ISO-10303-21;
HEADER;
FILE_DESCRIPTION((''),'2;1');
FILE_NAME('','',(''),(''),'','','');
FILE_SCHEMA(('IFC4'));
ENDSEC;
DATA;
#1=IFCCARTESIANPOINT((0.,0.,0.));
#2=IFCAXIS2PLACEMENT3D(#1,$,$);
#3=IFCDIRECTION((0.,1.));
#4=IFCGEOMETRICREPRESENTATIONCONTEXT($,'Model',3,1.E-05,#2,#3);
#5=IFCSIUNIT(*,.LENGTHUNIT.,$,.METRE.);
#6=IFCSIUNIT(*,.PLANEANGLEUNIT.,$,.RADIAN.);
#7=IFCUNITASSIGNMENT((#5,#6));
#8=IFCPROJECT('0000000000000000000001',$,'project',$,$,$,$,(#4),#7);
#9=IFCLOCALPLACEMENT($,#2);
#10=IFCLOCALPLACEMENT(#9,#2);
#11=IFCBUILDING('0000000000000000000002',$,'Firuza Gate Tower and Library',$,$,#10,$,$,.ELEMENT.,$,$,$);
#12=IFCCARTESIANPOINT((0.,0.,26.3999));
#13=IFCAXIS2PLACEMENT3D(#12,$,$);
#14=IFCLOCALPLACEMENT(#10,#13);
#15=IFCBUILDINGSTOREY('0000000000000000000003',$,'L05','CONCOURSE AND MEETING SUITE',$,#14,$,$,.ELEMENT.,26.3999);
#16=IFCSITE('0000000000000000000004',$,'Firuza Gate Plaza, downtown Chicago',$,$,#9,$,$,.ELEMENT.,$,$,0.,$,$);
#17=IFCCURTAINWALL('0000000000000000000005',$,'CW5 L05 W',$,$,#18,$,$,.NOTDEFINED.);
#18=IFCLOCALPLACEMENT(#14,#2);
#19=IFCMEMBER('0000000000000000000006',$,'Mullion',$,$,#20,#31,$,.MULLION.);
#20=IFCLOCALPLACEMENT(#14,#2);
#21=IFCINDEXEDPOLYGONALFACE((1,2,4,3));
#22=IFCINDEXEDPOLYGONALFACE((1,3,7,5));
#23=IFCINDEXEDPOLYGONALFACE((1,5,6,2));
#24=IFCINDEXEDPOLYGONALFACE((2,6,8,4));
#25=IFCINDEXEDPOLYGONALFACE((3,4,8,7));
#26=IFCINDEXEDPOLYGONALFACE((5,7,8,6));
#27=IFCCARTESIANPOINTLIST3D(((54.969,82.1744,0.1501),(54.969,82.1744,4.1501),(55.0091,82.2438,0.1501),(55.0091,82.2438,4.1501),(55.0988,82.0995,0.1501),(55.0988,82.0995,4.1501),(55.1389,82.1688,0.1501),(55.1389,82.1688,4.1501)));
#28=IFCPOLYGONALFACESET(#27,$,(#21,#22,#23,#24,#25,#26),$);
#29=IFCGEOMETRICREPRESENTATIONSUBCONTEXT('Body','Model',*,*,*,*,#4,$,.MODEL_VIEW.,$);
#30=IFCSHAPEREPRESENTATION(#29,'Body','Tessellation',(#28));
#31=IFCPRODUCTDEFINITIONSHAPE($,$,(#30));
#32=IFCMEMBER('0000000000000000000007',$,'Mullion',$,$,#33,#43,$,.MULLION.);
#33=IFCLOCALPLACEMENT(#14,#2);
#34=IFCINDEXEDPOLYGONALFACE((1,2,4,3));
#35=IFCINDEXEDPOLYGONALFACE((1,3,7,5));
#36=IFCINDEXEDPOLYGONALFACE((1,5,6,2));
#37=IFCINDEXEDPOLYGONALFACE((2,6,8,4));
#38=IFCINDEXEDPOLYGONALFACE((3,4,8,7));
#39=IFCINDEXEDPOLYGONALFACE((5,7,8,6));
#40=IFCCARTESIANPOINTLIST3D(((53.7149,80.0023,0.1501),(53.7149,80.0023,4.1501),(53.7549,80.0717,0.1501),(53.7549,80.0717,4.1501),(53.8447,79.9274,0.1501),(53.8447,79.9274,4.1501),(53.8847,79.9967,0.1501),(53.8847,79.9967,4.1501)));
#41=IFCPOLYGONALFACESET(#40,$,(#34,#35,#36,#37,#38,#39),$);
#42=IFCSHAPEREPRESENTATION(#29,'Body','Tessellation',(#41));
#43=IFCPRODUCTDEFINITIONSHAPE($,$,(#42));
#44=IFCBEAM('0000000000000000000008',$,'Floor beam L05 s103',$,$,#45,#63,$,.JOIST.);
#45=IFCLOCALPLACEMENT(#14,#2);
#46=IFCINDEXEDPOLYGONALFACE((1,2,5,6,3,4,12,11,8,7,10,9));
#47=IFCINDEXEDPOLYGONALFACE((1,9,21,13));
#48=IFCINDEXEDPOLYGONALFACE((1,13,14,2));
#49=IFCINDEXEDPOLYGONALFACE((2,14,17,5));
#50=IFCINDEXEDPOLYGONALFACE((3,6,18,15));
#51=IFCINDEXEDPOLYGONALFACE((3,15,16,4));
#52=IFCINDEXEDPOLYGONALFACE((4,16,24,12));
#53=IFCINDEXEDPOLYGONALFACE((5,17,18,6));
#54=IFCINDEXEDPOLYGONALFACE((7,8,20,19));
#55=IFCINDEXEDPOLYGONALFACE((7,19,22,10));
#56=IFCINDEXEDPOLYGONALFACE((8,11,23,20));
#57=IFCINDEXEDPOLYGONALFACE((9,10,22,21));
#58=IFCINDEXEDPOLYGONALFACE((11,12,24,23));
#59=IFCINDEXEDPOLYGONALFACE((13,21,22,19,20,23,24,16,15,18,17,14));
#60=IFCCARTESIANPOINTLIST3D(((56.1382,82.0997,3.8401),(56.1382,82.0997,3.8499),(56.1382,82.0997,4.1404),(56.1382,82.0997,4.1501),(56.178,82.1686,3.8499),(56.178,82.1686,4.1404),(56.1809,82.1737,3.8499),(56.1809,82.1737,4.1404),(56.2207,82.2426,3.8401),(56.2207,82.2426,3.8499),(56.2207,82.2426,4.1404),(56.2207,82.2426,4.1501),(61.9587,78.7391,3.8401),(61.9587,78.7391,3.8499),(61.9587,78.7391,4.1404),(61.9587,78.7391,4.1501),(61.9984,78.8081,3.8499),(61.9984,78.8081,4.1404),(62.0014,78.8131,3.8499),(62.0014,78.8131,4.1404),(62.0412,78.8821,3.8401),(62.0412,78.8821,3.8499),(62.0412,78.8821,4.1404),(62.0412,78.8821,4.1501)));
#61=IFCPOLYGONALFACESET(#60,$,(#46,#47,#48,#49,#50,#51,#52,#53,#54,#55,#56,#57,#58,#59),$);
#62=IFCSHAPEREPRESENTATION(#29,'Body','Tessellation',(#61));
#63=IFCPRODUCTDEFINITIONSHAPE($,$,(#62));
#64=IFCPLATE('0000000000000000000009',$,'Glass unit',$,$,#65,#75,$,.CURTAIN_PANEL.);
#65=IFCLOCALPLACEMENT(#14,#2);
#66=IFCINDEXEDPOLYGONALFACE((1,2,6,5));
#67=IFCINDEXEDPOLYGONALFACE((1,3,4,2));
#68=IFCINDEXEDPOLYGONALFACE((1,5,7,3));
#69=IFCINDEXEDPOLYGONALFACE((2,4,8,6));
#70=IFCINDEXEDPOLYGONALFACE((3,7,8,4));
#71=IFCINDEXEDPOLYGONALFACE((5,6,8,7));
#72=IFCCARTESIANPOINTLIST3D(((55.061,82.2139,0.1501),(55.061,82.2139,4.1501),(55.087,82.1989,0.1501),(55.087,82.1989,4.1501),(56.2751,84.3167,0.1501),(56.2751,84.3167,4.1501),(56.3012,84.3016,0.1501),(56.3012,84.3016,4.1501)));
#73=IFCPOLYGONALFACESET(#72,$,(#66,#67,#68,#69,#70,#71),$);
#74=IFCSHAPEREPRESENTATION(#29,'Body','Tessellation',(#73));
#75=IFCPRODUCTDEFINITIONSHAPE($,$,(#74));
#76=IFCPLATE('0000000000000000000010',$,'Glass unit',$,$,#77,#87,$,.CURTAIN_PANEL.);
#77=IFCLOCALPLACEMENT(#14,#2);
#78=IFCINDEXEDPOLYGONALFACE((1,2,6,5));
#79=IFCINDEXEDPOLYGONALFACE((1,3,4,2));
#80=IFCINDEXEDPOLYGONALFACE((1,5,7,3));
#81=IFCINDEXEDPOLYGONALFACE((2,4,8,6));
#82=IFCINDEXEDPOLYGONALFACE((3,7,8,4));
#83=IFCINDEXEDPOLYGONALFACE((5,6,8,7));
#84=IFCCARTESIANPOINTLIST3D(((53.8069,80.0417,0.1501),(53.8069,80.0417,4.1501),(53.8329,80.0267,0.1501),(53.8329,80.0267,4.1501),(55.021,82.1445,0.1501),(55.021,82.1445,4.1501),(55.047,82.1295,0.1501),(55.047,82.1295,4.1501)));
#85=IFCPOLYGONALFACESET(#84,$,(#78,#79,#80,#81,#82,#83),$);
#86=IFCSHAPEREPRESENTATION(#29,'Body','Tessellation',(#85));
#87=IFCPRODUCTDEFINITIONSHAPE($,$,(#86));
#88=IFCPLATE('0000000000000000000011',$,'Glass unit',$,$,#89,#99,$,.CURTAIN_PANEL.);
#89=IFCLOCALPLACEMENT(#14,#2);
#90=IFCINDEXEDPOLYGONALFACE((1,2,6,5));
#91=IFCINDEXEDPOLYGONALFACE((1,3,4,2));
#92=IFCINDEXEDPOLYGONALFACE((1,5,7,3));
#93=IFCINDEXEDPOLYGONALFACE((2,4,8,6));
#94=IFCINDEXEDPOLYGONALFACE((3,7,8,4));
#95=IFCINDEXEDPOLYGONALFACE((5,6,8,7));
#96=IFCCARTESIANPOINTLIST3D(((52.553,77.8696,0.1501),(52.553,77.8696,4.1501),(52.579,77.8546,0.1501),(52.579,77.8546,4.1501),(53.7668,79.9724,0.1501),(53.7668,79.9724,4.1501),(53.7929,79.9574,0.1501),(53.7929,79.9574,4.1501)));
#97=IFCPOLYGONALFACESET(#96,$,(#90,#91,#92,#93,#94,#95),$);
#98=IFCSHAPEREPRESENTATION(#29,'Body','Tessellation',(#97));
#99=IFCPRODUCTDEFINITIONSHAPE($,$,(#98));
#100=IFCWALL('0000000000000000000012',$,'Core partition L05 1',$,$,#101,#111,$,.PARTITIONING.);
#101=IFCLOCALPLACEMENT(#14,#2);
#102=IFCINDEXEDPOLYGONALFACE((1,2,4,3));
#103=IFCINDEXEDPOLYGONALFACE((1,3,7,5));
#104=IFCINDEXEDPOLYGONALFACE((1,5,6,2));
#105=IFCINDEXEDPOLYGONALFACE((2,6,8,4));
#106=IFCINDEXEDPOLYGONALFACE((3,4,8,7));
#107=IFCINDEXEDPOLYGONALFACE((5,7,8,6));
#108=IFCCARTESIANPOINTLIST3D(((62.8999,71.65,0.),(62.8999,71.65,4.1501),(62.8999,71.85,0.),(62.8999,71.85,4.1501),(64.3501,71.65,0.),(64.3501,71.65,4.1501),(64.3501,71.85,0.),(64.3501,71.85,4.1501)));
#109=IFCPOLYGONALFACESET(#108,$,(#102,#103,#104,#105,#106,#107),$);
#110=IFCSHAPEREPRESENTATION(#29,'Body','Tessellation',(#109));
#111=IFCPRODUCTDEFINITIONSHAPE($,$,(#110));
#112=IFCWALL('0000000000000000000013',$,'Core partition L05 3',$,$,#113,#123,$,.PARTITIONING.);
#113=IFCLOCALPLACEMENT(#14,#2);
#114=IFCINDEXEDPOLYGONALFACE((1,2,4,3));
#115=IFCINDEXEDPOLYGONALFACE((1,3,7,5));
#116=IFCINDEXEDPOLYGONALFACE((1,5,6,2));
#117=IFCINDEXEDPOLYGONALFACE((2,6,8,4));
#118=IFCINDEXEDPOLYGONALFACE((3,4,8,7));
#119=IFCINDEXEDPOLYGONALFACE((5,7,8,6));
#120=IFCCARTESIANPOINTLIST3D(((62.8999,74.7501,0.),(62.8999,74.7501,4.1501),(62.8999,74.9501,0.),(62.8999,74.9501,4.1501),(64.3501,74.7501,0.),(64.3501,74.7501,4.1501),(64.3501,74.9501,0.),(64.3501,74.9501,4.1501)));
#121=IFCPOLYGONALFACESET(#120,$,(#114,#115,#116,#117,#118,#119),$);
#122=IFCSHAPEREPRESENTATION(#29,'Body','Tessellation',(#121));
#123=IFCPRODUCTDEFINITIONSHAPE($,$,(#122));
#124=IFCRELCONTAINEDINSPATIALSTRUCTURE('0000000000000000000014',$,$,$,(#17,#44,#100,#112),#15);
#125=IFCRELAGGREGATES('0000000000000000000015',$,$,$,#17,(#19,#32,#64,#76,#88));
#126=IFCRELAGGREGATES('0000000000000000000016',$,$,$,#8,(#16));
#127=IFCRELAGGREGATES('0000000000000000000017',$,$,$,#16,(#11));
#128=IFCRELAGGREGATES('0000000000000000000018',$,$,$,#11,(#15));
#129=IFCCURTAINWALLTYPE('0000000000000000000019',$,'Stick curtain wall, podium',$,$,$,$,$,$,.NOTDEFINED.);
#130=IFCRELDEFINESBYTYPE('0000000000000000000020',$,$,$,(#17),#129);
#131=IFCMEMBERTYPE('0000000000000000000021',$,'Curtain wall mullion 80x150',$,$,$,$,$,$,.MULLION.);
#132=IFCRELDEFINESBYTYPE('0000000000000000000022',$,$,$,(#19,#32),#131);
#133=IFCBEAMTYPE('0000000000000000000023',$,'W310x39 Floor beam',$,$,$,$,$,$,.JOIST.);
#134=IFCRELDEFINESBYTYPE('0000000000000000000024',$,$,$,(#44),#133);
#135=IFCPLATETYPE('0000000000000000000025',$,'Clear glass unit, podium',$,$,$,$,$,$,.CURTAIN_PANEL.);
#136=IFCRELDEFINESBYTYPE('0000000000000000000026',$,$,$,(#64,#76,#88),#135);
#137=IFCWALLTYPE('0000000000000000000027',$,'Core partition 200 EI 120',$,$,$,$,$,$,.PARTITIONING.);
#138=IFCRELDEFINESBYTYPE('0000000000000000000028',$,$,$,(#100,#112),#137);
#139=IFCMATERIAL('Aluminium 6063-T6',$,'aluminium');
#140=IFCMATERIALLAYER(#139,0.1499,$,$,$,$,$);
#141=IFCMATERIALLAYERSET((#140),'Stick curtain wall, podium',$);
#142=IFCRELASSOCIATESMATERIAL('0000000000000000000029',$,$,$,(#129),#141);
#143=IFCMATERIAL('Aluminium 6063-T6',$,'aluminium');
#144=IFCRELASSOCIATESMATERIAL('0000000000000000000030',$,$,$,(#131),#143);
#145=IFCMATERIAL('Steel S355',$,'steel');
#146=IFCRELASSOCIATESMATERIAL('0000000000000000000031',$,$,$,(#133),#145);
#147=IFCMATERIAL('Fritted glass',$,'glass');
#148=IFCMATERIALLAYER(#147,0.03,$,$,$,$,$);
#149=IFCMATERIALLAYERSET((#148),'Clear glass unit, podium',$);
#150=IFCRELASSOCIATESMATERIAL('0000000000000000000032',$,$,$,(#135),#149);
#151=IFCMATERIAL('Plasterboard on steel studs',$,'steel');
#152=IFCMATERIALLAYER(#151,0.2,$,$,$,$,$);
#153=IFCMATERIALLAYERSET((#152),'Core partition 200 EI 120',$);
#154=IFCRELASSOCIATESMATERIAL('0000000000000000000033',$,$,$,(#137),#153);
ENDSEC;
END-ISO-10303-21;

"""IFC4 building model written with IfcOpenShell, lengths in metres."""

from ifc_helpers import new_model, si_unit, direction, frame, frame_2d, origin, origin_2d, place, context, subcontext, project, spatial, polyline, rectangle, i_section, outline, extrude, material, layer, layer_set, material_profile, profile_set, type_object, element, aggregate, save


model = new_model("IFC4")

# Units and contexts
model_context = context("Model", 3, precision=1e-05, world=origin(), true_north=direction((0.0, 1.0)))
body_context = subcontext(model_context, "Body", "Model", "MODEL_VIEW")
ifc_project = project(units=[si_unit("LENGTHUNIT", "METRE"), si_unit("PLANEANGLEUNIT", "RADIAN")], contexts=[model_context])

# Site, building, storey
site_placement = place(None, origin())
site = spatial("IfcSite", under=ifc_project, at=site_placement, Name="Firuza Gate Plaza, downtown Chicago", CompositionType="ELEMENT", RefElevation=0.0)
building_placement = place(site_placement, origin())
building = spatial("IfcBuilding", under=site, at=building_placement, Name="Firuza Gate Tower and Library", CompositionType="ELEMENT")
storey_placement = place(building_placement, frame((0.0, 0.0, 26.3999)))
storey = spatial("IfcBuildingStorey", under=building, at=storey_placement, Name="L05", Description="CONCOURSE AND MEETING SUITE", CompositionType="ELEMENT", Elevation=26.3999)

# Curtain wall, members
ifc_material_1 = material(Name="Aluminium 6063-T6", Category="aluminium")
ifc_layer_1 = layer(ifc_material_1, 0.1499)
ifc_layer_set_1 = layer_set([ifc_layer_1], Name="Stick curtain wall, podium")
curtain_wall_type = type_object("IfcCurtainWallType", Name="Stick curtain wall, podium", PredefinedType="NOTDEFINED", material=ifc_layer_set_1)
curtain_wall_placement = place(storey_placement, origin())
curtain_wall = element("IfcCurtainWall", 1, at=curtain_wall_placement, inside=storey, type_object=curtain_wall_type, Name="CW5 L05 W", PredefinedType="NOTDEFINED")
ifc_material_2 = material(Name="Aluminium 6063-T6", Category="aluminium")
ifc_material_profile_1 = material_profile(ifc_material_2, rectangle(XDim=0.1499, YDim=0.0801, at=origin_2d()))
ifc_profile_set_1 = profile_set([ifc_material_profile_1], Name="Aluminium 6063-T6")
member_type = type_object("IfcMemberType", Name="Curtain wall mullion 80x150", PredefinedType="MULLION", material=ifc_profile_set_1)
member_1_placement = place(storey_placement, frame((55.054, 82.1716, 0.1501), z_axis=(0.0, 0.0, 1.0), x_axis=(0.866025, -0.5, 0.0)))
member_1 = element("IfcMember", 2, at=member_1_placement, type_object=member_type, Name="Mullion", PredefinedType="MULLION", context=body_context, shape_type="SweptSolid", body=[
    extrude(rectangle(XDim=0.1499, YDim=0.0801, at=origin_2d()), origin(), (0.0, 0.0, 1.0), 4.0),
])
member_2_placement = place(storey_placement, frame((53.7998, 79.9995, 0.1501), z_axis=(0.0, 0.0, 1.0), x_axis=(0.866025, -0.5, 0.0)))
member_2 = element("IfcMember", 3, at=member_2_placement, type_object=member_type, Name="Mullion", PredefinedType="MULLION", context=body_context, shape_type="SweptSolid", body=[
    extrude(rectangle(XDim=0.1499, YDim=0.0801, at=origin_2d()), origin(), (0.0, 0.0, 1.0), 4.0),
])

# Beam
ifc_material_3 = material(Name="Steel S355", Category="steel")
ifc_material_profile_2 = material_profile(ifc_material_3, i_section(OverallWidth=0.165, OverallDepth=0.3101, WebThickness=0.0059, FlangeThickness=0.0098, at=origin_2d()))
ifc_profile_set_2 = profile_set([ifc_material_profile_2], Name="Steel S355")
beam_type = type_object("IfcBeamType", Name="W310x39 Floor beam", PredefinedType="JOIST", material=ifc_profile_set_2)
beam_placement = place(storey_placement, frame((56.1794, 82.1711, 3.9951), z_axis=(0.866019, -0.500011, 0.0), x_axis=(0.500011, 0.866019, 0.0)))
element("IfcBeam", 4, at=beam_placement, inside=storey, type_object=beam_type, Name="Floor beam L05 s103", PredefinedType="JOIST", context=body_context, shape_type="SweptSolid", body=[
    extrude(i_section(OverallWidth=0.165, OverallDepth=0.3101, WebThickness=0.0059, FlangeThickness=0.0098, at=origin_2d()), origin(), (0.0, 0.0, 1.0), 6.7209),
])

# Plates
ifc_material_4 = material(Name="Fritted glass", Category="glass")
ifc_layer_2 = layer(ifc_material_4, 0.03)
ifc_layer_set_2 = layer_set([ifc_layer_2], Name="Clear glass unit, podium")
plate_type = type_object("IfcPlateType", Name="Clear glass unit, podium", PredefinedType="CURTAIN_PANEL", material=ifc_layer_set_2)
plate_1_placement = place(storey_placement, frame((56.2751, 84.3167, 0.1501), z_axis=(-0.866013, 0.500021, 0.0), x_axis=(-0.500021, -0.866013, 0.0)))
plate_1 = element("IfcPlate", 5, at=plate_1_placement, type_object=plate_type, Name="Glass unit", PredefinedType="CURTAIN_PANEL", context=body_context, shape_type="SweptSolid", body=[
    extrude(outline(polyline([(0.0, 0.0), (2.4281, 0.0), (2.4281, 4.0), (0.0, 4.0), (0.0, 0.0)])), origin(), (0.0, 0.0, -1.0), 0.03),
])
plate_2_placement = place(storey_placement, frame((55.021, 82.1445, 0.1501), z_axis=(-0.866013, 0.500021, 0.0), x_axis=(-0.500021, -0.866013, 0.0)))
plate_2 = element("IfcPlate", 6, at=plate_2_placement, type_object=plate_type, Name="Glass unit", PredefinedType="CURTAIN_PANEL", context=body_context, shape_type="SweptSolid", body=[
    extrude(outline(polyline([(0.0, 0.0), (2.4281, 0.0), (2.4281, 4.0), (0.0, 4.0), (0.0, 0.0)])), origin(), (0.0, 0.0, -1.0), 0.03),
])
plate_3_placement = place(storey_placement, frame((53.7668, 79.9724, 0.1501), z_axis=(-0.866057, 0.499946, 0.0), x_axis=(-0.499946, -0.866057, 0.0)))
plate_3 = element("IfcPlate", 7, at=plate_3_placement, type_object=plate_type, Name="Glass unit", PredefinedType="CURTAIN_PANEL", context=body_context, shape_type="SweptSolid", body=[
    extrude(outline(polyline([(0.0, 0.0), (2.428, 0.0), (2.428, 4.0), (0.0, 4.0), (0.0, 0.0)])), origin(), (0.0, 0.0, -1.0), 0.03),
])
aggregate(curtain_wall, [member_1, member_2, plate_1, plate_2, plate_3])

# Walls
ifc_material_5 = material(Name="Plasterboard on steel studs", Category="steel")
ifc_layer_3 = layer(ifc_material_5, 0.2)
ifc_layer_set_3 = layer_set([ifc_layer_3], Name="Core partition 200 EI 120")
wall_type_1 = type_object("IfcWallType", Name="Core partition 200 EI 120", PredefinedType="PARTITIONING", material=ifc_layer_set_3)
for number, where, z_axis, x_axis, name in (
    (8, (62.8999, 71.75, 0.0), (0.0, 0.0, 1.0), (1.0, 0.0, 0.0), "Core partition L05 1"),
    (9, (62.8999, 74.8501, 0.0), (0.0, 0.0, 1.0), (1.0, 0.0, 0.0), "Core partition L05 3"),
):
    element("IfcWall", number, at=place(storey_placement, frame(where, z_axis=z_axis, x_axis=x_axis)), inside=storey, type_object=wall_type_1, Name=name, PredefinedType="PARTITIONING", context=body_context, shape_type="SweptSolid", body=[
        extrude(rectangle(XDim=1.4502, YDim=0.2, at=frame_2d((0.7251, 0.0))), origin(), (0.0, 0.0, 1.0), 4.1501),
    ])

save(model, "model.ifc")
